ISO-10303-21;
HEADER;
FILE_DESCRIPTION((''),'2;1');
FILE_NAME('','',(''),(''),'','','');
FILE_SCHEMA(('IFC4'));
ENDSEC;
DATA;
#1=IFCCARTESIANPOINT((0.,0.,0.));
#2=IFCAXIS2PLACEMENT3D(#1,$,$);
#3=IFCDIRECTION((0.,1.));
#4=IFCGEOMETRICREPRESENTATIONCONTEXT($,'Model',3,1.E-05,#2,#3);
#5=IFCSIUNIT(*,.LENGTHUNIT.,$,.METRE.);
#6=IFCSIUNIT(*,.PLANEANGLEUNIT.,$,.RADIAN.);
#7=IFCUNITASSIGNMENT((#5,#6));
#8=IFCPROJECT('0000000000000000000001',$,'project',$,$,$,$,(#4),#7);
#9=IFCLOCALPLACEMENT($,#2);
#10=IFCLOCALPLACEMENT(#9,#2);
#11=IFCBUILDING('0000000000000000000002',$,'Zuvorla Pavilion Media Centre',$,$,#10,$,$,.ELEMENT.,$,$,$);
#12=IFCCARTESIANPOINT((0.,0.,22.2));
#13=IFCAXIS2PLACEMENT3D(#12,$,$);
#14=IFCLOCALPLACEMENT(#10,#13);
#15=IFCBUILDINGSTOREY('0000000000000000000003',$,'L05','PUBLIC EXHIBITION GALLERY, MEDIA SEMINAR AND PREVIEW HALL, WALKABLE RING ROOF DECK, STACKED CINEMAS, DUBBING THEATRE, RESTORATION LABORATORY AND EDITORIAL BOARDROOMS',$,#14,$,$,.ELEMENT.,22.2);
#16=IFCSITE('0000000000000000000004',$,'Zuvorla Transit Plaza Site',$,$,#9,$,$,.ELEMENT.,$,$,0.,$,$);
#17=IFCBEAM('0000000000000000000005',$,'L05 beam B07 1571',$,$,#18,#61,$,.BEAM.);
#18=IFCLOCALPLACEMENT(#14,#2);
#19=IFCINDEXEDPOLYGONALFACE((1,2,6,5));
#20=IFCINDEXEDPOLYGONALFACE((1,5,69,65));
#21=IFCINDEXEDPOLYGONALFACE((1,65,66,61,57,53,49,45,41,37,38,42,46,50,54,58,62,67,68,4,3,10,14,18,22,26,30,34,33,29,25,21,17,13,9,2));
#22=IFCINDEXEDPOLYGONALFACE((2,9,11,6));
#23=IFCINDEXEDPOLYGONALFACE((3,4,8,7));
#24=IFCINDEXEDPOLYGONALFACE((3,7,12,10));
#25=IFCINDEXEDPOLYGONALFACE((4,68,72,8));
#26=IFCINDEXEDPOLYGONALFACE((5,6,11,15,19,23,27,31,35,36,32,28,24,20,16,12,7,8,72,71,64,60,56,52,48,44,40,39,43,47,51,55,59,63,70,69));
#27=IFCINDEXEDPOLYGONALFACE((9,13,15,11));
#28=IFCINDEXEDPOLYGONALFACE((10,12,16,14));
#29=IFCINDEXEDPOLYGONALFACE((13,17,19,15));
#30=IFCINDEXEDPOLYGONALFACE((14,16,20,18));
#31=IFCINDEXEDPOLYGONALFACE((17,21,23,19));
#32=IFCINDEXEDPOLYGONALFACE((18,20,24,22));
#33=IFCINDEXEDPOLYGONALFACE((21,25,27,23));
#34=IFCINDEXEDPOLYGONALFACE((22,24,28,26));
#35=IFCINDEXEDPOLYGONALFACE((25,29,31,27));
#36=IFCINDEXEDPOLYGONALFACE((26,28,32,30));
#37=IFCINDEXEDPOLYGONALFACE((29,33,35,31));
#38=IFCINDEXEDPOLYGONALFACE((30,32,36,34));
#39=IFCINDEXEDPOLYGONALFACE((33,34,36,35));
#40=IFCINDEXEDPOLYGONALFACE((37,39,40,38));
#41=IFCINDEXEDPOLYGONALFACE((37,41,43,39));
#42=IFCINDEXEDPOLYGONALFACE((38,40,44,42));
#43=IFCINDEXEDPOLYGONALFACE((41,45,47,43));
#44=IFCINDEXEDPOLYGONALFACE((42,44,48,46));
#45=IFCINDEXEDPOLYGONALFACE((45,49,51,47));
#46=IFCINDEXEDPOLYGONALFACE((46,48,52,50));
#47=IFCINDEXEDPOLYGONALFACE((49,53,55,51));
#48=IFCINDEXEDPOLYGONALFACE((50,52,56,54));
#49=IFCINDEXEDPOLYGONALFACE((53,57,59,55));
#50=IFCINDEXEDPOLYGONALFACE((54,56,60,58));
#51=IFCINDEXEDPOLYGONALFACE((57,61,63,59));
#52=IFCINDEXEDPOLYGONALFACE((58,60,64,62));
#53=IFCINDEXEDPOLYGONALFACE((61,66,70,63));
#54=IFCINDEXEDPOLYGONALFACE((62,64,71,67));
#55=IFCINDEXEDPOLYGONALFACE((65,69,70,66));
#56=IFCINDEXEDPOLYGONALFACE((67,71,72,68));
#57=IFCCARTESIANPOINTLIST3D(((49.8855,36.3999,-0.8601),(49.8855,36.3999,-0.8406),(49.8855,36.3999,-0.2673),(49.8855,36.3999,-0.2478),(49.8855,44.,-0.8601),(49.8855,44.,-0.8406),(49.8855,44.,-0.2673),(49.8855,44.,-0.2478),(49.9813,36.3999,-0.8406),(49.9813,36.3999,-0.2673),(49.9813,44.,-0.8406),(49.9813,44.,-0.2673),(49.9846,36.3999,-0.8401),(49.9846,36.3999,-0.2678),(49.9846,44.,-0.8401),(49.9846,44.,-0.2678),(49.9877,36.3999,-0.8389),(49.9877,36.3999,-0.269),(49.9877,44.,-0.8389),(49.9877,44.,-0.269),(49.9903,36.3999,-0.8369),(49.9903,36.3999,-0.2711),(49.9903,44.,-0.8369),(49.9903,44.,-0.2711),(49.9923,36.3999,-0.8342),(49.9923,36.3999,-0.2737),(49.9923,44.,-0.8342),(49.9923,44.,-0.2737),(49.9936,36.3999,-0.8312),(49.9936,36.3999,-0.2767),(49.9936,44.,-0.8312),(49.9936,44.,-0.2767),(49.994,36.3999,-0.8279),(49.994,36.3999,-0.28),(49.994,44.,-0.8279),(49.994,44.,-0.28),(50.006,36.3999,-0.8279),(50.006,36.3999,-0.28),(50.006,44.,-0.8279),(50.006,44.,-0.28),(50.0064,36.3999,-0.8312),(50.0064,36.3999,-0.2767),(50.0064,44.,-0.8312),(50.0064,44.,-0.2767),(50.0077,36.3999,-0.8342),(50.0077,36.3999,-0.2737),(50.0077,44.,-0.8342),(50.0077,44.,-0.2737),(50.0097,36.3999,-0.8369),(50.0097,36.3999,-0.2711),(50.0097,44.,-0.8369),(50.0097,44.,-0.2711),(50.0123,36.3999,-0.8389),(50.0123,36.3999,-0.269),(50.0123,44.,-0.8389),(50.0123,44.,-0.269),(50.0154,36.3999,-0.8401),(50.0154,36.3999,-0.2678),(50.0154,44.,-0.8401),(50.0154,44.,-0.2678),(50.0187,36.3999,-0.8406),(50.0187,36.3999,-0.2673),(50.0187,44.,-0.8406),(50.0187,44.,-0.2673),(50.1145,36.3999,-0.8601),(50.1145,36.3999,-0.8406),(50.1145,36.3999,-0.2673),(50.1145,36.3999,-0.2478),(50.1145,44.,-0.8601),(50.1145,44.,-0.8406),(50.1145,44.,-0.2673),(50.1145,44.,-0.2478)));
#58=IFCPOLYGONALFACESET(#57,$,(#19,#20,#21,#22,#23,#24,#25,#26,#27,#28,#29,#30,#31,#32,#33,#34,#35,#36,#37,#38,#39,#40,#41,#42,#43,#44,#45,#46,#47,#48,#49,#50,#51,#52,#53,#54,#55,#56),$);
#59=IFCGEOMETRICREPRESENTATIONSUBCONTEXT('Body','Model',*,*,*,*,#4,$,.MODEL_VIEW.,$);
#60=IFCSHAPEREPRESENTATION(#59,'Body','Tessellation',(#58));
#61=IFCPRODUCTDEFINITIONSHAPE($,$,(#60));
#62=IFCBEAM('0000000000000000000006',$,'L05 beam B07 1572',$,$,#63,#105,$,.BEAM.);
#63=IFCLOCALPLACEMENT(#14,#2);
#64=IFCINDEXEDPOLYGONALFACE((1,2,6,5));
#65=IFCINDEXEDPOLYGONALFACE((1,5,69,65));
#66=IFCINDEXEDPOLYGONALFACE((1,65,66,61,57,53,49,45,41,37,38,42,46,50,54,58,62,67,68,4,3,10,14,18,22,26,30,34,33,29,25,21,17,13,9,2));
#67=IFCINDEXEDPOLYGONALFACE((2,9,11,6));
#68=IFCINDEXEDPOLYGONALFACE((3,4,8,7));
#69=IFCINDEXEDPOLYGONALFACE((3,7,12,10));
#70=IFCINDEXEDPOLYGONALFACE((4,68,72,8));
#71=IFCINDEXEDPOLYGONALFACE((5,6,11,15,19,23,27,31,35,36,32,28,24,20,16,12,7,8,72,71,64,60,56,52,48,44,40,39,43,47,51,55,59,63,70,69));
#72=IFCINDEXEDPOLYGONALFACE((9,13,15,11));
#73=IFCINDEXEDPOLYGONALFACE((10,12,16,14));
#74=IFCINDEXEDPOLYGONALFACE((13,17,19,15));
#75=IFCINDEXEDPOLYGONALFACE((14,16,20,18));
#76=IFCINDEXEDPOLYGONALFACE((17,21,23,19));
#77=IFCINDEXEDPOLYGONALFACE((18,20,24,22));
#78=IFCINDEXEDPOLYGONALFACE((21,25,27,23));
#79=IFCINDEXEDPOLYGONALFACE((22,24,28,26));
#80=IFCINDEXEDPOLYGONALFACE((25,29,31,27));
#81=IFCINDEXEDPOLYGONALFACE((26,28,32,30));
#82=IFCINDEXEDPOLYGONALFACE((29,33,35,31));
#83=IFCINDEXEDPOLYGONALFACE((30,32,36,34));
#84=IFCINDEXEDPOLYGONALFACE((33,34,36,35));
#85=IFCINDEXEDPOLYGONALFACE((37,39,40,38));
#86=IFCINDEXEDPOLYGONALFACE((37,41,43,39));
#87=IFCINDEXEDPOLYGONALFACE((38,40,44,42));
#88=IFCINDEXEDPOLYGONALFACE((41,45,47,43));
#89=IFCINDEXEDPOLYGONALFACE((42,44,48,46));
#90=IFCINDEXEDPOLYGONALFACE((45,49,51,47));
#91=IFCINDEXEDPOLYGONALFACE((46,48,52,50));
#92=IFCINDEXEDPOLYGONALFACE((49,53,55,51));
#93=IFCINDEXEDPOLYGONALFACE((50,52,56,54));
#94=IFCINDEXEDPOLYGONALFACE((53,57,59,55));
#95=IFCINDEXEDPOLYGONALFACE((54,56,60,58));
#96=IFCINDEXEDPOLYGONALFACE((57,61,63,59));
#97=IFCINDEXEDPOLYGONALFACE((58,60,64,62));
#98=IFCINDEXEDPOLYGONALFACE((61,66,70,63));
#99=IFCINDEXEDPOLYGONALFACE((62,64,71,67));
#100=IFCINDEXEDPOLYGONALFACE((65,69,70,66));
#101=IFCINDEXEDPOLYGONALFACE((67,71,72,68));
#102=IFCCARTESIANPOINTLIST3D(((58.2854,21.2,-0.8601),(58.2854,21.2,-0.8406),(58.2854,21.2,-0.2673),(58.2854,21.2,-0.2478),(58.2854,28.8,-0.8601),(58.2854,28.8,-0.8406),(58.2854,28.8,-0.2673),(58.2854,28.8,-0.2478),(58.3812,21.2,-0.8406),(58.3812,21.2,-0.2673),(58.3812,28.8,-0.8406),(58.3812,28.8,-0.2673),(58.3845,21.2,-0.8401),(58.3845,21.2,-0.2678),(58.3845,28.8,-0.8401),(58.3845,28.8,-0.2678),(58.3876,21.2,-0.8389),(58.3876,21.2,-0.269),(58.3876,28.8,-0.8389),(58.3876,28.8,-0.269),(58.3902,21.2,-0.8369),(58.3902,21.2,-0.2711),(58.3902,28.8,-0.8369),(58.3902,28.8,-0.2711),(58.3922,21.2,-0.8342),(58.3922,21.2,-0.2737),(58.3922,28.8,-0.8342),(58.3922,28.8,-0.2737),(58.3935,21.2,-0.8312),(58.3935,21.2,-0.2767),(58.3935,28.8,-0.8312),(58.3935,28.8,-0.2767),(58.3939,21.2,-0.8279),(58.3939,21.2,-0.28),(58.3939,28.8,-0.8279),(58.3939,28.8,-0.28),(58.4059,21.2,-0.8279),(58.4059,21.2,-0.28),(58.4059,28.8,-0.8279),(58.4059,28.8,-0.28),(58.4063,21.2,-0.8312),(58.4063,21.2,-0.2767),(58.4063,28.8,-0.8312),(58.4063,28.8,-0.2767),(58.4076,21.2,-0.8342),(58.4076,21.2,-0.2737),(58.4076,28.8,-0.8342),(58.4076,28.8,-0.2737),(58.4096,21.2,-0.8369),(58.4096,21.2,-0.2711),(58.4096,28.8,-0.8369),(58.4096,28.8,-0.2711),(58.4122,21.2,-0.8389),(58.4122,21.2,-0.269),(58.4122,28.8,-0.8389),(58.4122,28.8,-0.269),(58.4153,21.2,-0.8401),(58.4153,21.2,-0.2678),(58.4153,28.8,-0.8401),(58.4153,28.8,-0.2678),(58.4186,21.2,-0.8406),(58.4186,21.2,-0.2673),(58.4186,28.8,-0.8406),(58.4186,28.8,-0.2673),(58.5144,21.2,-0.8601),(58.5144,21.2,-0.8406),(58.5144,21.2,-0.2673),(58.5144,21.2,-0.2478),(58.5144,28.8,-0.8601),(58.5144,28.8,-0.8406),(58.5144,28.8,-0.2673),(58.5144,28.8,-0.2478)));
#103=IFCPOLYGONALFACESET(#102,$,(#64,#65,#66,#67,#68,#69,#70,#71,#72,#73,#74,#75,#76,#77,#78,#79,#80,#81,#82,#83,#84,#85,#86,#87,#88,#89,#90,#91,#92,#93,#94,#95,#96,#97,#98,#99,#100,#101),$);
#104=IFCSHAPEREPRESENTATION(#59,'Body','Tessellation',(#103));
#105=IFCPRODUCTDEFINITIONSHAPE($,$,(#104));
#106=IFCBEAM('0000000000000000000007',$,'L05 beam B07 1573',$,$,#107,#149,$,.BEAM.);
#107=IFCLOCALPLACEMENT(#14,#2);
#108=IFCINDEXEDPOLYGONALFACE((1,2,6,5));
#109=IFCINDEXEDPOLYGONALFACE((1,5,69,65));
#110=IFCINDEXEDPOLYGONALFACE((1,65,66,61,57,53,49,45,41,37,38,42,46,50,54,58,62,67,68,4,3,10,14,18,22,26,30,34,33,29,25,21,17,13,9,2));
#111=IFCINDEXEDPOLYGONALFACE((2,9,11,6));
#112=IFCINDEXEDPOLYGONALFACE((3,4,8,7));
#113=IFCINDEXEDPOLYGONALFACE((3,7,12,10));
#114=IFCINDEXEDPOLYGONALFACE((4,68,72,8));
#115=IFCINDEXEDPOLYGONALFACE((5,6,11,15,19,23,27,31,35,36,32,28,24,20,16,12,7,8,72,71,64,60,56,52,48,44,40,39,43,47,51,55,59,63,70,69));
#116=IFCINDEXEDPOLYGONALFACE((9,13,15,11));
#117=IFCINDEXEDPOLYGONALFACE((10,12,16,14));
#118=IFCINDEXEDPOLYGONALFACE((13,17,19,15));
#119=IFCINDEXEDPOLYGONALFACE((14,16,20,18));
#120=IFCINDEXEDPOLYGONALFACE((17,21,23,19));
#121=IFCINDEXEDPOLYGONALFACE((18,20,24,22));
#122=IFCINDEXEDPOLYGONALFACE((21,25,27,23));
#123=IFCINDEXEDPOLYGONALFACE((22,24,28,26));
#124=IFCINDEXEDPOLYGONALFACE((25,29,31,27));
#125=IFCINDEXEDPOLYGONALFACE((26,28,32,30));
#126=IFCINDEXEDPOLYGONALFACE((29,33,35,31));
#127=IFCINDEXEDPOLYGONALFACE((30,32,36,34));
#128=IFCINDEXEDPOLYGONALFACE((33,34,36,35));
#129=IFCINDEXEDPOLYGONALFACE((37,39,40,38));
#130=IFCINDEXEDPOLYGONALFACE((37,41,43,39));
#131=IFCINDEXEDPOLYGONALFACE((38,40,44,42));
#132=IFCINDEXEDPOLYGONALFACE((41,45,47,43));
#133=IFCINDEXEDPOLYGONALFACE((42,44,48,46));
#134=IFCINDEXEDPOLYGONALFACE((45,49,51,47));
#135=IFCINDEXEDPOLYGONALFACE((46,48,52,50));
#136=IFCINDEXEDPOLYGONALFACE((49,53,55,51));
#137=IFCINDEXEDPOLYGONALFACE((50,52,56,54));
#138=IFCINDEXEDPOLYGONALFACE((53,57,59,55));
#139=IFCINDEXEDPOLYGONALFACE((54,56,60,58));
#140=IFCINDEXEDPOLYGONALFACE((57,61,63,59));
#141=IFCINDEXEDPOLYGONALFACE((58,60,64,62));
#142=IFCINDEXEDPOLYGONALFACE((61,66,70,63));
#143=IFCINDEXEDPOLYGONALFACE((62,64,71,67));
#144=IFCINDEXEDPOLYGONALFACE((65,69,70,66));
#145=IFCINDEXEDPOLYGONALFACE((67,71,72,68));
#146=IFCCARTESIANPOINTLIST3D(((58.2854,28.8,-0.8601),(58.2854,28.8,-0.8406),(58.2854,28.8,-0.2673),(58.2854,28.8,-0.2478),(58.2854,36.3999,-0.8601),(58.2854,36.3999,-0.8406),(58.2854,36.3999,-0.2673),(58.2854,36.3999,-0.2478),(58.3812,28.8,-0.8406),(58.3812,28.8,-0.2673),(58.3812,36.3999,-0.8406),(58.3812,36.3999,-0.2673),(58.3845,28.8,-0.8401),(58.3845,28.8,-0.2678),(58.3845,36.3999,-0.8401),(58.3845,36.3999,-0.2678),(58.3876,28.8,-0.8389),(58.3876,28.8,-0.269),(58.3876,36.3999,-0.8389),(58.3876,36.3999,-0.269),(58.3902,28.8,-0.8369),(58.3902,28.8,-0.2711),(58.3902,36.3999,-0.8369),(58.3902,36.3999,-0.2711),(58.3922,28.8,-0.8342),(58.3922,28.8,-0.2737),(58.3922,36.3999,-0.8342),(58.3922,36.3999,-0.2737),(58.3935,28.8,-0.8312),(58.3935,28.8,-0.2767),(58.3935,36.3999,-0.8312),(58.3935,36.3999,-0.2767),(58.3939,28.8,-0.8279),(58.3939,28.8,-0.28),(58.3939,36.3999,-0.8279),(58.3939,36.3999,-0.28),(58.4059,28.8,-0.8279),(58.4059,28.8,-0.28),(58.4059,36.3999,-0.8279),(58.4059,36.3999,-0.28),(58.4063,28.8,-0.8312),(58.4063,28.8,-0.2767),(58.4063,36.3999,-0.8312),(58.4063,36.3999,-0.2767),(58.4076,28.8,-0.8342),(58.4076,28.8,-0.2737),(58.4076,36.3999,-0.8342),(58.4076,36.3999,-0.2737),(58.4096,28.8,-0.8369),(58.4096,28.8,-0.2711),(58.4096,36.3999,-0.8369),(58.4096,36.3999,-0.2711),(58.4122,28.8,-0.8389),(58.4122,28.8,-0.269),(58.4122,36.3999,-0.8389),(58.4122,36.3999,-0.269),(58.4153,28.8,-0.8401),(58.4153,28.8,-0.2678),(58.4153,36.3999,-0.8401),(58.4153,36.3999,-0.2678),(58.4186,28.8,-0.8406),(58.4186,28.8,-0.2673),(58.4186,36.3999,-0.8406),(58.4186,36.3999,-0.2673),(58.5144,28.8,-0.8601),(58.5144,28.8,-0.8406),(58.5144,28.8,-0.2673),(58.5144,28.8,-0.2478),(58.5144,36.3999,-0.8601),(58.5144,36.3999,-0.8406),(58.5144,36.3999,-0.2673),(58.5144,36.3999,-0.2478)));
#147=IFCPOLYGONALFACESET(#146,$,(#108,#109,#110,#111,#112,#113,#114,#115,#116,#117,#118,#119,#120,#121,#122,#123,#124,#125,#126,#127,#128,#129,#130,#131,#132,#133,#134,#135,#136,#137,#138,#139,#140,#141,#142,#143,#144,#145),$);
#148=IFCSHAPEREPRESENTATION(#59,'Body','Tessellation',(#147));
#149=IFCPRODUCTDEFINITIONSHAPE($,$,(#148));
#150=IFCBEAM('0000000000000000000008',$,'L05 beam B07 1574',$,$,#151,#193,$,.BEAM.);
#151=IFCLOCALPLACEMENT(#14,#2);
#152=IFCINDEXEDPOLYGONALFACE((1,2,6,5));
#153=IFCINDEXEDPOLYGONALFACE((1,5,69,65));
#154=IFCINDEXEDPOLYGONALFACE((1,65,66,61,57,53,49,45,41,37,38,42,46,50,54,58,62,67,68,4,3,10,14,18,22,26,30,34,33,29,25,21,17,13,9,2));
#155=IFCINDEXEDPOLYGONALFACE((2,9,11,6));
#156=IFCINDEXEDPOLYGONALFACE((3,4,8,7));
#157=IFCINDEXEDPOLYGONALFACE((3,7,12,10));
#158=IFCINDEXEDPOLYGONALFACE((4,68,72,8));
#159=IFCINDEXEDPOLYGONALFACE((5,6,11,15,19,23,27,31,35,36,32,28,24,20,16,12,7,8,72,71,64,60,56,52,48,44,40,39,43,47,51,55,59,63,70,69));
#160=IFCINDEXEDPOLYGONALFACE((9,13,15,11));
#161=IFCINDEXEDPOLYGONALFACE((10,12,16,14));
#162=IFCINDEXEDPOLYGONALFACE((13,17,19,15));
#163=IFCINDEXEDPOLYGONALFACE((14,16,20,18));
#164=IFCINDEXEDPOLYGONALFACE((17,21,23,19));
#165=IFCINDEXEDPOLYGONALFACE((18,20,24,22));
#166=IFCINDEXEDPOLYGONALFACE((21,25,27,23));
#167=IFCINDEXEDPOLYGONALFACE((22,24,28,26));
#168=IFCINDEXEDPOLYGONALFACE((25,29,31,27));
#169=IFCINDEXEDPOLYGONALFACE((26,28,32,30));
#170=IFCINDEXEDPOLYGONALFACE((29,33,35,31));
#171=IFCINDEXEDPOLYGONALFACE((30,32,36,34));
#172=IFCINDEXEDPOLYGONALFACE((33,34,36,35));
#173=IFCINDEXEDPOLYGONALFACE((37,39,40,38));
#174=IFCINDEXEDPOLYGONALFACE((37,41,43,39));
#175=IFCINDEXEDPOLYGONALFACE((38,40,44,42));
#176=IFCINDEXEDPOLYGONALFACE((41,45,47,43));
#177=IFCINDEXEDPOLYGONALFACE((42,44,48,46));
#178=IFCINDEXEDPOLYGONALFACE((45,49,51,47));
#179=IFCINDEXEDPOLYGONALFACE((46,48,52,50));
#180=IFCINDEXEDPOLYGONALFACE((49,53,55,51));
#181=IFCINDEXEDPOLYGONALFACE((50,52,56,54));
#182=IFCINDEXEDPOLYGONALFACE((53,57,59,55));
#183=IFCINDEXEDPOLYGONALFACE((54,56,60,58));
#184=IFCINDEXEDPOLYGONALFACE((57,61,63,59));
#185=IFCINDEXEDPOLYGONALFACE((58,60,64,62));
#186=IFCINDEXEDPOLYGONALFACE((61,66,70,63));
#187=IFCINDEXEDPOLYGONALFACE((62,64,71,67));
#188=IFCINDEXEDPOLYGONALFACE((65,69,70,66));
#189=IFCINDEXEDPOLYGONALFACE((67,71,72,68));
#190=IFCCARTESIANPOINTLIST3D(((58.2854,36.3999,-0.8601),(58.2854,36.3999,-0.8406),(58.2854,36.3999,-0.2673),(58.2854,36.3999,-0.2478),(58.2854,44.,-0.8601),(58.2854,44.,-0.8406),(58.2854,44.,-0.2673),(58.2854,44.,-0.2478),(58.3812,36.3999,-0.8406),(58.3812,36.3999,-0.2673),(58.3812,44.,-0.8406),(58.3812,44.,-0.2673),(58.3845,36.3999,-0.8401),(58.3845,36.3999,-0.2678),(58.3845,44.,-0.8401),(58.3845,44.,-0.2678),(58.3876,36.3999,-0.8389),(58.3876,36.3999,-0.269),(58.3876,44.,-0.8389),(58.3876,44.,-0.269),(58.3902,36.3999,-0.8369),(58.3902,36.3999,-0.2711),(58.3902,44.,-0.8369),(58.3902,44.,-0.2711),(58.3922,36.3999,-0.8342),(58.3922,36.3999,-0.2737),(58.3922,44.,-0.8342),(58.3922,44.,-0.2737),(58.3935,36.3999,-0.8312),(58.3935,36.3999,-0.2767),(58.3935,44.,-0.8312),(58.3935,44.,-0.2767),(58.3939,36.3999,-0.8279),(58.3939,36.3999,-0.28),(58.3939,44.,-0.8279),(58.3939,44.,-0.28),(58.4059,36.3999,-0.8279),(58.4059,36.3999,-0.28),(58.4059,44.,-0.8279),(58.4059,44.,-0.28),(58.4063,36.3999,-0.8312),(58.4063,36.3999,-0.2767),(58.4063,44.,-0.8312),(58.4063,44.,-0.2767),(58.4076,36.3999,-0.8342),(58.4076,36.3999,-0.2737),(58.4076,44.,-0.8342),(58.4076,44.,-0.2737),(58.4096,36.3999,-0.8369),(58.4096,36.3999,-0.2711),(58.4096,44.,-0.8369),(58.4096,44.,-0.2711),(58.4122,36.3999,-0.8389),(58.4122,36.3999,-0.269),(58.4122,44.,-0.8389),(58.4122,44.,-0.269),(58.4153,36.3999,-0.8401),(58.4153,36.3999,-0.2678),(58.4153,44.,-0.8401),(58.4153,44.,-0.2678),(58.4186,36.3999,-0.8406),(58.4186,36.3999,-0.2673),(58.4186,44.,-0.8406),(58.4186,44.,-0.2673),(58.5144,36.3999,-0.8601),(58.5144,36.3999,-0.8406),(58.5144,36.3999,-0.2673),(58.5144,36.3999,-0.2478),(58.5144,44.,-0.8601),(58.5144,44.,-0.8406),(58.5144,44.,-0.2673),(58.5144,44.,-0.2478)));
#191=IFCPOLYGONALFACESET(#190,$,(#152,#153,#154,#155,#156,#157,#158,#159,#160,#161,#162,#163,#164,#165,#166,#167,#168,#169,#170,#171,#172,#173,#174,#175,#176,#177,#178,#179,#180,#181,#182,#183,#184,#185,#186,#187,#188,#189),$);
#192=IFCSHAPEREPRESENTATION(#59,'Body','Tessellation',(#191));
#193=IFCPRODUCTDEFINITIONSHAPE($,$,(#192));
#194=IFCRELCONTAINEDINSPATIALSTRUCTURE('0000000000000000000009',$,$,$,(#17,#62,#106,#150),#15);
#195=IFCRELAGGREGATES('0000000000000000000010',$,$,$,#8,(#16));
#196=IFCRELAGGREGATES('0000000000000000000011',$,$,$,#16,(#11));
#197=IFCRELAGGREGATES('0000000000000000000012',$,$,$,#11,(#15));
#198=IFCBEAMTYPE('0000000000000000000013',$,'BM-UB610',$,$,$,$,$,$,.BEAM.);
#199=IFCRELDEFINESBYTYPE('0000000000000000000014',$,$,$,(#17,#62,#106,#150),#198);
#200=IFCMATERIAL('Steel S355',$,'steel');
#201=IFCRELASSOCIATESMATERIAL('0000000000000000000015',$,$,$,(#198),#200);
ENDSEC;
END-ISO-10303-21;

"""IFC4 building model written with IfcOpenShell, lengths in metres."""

from ifc_helpers import new_model, si_unit, direction, frame, origin, origin_2d, place, context, subcontext, project, spatial, i_section, extrude, material, material_profile, profile_set, type_object, element, save


model = new_model("IFC4")

# Units and contexts
model_context = context("Model", 3, precision=1e-05, world=origin(), true_north=direction((0.0, 1.0)))
body_context = subcontext(model_context, "Body", "Model", "MODEL_VIEW")
ifc_project = project(units=[si_unit("LENGTHUNIT", "METRE"), si_unit("PLANEANGLEUNIT", "RADIAN")], contexts=[model_context])

# Site, building, storey
site_placement = place(None, origin())
site = spatial("IfcSite", under=ifc_project, at=site_placement, Name="Zuvorla Transit Plaza Site", CompositionType="ELEMENT", RefElevation=0.0)
building_placement = place(site_placement, origin())
building = spatial("IfcBuilding", under=site, at=building_placement, Name="Zuvorla Pavilion Media Centre", CompositionType="ELEMENT")
storey_placement = place(building_placement, frame((0.0, 0.0, 22.2)))
storey = spatial("IfcBuildingStorey", under=building, at=storey_placement, Name="L05", Description="PUBLIC EXHIBITION GALLERY, MEDIA SEMINAR AND PREVIEW HALL, WALKABLE RING ROOF DECK, STACKED CINEMAS, DUBBING THEATRE, RESTORATION LABORATORY AND EDITORIAL BOARDROOMS", CompositionType="ELEMENT", Elevation=22.2)

# Beams
ifc_material_1 = material(Name="Steel S355", Category="steel")
ifc_material_profile_1 = material_profile(ifc_material_1, i_section(OverallWidth=0.229, OverallDepth=0.6123, WebThickness=0.012, FlangeThickness=0.0195, FilletRadius=0.0127, at=origin_2d()), Name="UB 610x229x125")
ifc_profile_set_1 = profile_set([ifc_material_profile_1], Name="Steel S355")
beam_type_1 = type_object("IfcBeamType", Name="BM-UB610", PredefinedType="BEAM", material=ifc_profile_set_1)
for number, where, z_axis, x_axis, name in (
    (1, (50.0, 36.3999, -0.554), (0.0, 1.0, 0.0), (-1.0, 0.0, 0.0), "L05 beam B07 1571"),
    (2, (58.3999, 21.2, -0.554), (0.0, 1.0, 0.0), (-1.0, 0.0, 0.0), "L05 beam B07 1572"),
):
    element("IfcBeam", number, at=place(storey_placement, frame(where, z_axis=z_axis, x_axis=x_axis)), inside=storey, type_object=beam_type_1, Name=name, PredefinedType="BEAM", context=body_context, shape_type="SweptSolid", body=[
        extrude(i_section(OverallWidth=0.229, OverallDepth=0.6123, WebThickness=0.012, FlangeThickness=0.0195, FilletRadius=0.0127, at=origin_2d()), origin(), (0.0, 0.0, 1.0), 7.6001),
    ])
beam_1_placement = place(storey_placement, frame((58.3999, 28.8, -0.554), z_axis=(0.0, 1.0, 0.0), x_axis=(-1.0, 0.0, 0.0)))
element("IfcBeam", 3, at=beam_1_placement, inside=storey, type_object=beam_type_1, Name="L05 beam B07 1573", PredefinedType="BEAM", context=body_context, shape_type="SweptSolid", body=[
    extrude(i_section(OverallWidth=0.229, OverallDepth=0.6123, WebThickness=0.012, FlangeThickness=0.0195, FilletRadius=0.0127, at=origin_2d()), origin(), (0.0, 0.0, 1.0), 7.5999),
])
for number, where, z_axis, x_axis, name in (
    (4, (58.3999, 36.3999, -0.554), (0.0, 1.0, 0.0), (-1.0, 0.0, 0.0), "L05 beam B07 1574"),
):
    element("IfcBeam", number, at=place(storey_placement, frame(where, z_axis=z_axis, x_axis=x_axis)), inside=storey, type_object=beam_type_1, Name=name, PredefinedType="BEAM", context=body_context, shape_type="SweptSolid", body=[
        extrude(i_section(OverallWidth=0.229, OverallDepth=0.6123, WebThickness=0.012, FlangeThickness=0.0195, FilletRadius=0.0127, at=origin_2d()), origin(), (0.0, 0.0, 1.0), 7.6001),
    ])

save(model, "model.ifc")
